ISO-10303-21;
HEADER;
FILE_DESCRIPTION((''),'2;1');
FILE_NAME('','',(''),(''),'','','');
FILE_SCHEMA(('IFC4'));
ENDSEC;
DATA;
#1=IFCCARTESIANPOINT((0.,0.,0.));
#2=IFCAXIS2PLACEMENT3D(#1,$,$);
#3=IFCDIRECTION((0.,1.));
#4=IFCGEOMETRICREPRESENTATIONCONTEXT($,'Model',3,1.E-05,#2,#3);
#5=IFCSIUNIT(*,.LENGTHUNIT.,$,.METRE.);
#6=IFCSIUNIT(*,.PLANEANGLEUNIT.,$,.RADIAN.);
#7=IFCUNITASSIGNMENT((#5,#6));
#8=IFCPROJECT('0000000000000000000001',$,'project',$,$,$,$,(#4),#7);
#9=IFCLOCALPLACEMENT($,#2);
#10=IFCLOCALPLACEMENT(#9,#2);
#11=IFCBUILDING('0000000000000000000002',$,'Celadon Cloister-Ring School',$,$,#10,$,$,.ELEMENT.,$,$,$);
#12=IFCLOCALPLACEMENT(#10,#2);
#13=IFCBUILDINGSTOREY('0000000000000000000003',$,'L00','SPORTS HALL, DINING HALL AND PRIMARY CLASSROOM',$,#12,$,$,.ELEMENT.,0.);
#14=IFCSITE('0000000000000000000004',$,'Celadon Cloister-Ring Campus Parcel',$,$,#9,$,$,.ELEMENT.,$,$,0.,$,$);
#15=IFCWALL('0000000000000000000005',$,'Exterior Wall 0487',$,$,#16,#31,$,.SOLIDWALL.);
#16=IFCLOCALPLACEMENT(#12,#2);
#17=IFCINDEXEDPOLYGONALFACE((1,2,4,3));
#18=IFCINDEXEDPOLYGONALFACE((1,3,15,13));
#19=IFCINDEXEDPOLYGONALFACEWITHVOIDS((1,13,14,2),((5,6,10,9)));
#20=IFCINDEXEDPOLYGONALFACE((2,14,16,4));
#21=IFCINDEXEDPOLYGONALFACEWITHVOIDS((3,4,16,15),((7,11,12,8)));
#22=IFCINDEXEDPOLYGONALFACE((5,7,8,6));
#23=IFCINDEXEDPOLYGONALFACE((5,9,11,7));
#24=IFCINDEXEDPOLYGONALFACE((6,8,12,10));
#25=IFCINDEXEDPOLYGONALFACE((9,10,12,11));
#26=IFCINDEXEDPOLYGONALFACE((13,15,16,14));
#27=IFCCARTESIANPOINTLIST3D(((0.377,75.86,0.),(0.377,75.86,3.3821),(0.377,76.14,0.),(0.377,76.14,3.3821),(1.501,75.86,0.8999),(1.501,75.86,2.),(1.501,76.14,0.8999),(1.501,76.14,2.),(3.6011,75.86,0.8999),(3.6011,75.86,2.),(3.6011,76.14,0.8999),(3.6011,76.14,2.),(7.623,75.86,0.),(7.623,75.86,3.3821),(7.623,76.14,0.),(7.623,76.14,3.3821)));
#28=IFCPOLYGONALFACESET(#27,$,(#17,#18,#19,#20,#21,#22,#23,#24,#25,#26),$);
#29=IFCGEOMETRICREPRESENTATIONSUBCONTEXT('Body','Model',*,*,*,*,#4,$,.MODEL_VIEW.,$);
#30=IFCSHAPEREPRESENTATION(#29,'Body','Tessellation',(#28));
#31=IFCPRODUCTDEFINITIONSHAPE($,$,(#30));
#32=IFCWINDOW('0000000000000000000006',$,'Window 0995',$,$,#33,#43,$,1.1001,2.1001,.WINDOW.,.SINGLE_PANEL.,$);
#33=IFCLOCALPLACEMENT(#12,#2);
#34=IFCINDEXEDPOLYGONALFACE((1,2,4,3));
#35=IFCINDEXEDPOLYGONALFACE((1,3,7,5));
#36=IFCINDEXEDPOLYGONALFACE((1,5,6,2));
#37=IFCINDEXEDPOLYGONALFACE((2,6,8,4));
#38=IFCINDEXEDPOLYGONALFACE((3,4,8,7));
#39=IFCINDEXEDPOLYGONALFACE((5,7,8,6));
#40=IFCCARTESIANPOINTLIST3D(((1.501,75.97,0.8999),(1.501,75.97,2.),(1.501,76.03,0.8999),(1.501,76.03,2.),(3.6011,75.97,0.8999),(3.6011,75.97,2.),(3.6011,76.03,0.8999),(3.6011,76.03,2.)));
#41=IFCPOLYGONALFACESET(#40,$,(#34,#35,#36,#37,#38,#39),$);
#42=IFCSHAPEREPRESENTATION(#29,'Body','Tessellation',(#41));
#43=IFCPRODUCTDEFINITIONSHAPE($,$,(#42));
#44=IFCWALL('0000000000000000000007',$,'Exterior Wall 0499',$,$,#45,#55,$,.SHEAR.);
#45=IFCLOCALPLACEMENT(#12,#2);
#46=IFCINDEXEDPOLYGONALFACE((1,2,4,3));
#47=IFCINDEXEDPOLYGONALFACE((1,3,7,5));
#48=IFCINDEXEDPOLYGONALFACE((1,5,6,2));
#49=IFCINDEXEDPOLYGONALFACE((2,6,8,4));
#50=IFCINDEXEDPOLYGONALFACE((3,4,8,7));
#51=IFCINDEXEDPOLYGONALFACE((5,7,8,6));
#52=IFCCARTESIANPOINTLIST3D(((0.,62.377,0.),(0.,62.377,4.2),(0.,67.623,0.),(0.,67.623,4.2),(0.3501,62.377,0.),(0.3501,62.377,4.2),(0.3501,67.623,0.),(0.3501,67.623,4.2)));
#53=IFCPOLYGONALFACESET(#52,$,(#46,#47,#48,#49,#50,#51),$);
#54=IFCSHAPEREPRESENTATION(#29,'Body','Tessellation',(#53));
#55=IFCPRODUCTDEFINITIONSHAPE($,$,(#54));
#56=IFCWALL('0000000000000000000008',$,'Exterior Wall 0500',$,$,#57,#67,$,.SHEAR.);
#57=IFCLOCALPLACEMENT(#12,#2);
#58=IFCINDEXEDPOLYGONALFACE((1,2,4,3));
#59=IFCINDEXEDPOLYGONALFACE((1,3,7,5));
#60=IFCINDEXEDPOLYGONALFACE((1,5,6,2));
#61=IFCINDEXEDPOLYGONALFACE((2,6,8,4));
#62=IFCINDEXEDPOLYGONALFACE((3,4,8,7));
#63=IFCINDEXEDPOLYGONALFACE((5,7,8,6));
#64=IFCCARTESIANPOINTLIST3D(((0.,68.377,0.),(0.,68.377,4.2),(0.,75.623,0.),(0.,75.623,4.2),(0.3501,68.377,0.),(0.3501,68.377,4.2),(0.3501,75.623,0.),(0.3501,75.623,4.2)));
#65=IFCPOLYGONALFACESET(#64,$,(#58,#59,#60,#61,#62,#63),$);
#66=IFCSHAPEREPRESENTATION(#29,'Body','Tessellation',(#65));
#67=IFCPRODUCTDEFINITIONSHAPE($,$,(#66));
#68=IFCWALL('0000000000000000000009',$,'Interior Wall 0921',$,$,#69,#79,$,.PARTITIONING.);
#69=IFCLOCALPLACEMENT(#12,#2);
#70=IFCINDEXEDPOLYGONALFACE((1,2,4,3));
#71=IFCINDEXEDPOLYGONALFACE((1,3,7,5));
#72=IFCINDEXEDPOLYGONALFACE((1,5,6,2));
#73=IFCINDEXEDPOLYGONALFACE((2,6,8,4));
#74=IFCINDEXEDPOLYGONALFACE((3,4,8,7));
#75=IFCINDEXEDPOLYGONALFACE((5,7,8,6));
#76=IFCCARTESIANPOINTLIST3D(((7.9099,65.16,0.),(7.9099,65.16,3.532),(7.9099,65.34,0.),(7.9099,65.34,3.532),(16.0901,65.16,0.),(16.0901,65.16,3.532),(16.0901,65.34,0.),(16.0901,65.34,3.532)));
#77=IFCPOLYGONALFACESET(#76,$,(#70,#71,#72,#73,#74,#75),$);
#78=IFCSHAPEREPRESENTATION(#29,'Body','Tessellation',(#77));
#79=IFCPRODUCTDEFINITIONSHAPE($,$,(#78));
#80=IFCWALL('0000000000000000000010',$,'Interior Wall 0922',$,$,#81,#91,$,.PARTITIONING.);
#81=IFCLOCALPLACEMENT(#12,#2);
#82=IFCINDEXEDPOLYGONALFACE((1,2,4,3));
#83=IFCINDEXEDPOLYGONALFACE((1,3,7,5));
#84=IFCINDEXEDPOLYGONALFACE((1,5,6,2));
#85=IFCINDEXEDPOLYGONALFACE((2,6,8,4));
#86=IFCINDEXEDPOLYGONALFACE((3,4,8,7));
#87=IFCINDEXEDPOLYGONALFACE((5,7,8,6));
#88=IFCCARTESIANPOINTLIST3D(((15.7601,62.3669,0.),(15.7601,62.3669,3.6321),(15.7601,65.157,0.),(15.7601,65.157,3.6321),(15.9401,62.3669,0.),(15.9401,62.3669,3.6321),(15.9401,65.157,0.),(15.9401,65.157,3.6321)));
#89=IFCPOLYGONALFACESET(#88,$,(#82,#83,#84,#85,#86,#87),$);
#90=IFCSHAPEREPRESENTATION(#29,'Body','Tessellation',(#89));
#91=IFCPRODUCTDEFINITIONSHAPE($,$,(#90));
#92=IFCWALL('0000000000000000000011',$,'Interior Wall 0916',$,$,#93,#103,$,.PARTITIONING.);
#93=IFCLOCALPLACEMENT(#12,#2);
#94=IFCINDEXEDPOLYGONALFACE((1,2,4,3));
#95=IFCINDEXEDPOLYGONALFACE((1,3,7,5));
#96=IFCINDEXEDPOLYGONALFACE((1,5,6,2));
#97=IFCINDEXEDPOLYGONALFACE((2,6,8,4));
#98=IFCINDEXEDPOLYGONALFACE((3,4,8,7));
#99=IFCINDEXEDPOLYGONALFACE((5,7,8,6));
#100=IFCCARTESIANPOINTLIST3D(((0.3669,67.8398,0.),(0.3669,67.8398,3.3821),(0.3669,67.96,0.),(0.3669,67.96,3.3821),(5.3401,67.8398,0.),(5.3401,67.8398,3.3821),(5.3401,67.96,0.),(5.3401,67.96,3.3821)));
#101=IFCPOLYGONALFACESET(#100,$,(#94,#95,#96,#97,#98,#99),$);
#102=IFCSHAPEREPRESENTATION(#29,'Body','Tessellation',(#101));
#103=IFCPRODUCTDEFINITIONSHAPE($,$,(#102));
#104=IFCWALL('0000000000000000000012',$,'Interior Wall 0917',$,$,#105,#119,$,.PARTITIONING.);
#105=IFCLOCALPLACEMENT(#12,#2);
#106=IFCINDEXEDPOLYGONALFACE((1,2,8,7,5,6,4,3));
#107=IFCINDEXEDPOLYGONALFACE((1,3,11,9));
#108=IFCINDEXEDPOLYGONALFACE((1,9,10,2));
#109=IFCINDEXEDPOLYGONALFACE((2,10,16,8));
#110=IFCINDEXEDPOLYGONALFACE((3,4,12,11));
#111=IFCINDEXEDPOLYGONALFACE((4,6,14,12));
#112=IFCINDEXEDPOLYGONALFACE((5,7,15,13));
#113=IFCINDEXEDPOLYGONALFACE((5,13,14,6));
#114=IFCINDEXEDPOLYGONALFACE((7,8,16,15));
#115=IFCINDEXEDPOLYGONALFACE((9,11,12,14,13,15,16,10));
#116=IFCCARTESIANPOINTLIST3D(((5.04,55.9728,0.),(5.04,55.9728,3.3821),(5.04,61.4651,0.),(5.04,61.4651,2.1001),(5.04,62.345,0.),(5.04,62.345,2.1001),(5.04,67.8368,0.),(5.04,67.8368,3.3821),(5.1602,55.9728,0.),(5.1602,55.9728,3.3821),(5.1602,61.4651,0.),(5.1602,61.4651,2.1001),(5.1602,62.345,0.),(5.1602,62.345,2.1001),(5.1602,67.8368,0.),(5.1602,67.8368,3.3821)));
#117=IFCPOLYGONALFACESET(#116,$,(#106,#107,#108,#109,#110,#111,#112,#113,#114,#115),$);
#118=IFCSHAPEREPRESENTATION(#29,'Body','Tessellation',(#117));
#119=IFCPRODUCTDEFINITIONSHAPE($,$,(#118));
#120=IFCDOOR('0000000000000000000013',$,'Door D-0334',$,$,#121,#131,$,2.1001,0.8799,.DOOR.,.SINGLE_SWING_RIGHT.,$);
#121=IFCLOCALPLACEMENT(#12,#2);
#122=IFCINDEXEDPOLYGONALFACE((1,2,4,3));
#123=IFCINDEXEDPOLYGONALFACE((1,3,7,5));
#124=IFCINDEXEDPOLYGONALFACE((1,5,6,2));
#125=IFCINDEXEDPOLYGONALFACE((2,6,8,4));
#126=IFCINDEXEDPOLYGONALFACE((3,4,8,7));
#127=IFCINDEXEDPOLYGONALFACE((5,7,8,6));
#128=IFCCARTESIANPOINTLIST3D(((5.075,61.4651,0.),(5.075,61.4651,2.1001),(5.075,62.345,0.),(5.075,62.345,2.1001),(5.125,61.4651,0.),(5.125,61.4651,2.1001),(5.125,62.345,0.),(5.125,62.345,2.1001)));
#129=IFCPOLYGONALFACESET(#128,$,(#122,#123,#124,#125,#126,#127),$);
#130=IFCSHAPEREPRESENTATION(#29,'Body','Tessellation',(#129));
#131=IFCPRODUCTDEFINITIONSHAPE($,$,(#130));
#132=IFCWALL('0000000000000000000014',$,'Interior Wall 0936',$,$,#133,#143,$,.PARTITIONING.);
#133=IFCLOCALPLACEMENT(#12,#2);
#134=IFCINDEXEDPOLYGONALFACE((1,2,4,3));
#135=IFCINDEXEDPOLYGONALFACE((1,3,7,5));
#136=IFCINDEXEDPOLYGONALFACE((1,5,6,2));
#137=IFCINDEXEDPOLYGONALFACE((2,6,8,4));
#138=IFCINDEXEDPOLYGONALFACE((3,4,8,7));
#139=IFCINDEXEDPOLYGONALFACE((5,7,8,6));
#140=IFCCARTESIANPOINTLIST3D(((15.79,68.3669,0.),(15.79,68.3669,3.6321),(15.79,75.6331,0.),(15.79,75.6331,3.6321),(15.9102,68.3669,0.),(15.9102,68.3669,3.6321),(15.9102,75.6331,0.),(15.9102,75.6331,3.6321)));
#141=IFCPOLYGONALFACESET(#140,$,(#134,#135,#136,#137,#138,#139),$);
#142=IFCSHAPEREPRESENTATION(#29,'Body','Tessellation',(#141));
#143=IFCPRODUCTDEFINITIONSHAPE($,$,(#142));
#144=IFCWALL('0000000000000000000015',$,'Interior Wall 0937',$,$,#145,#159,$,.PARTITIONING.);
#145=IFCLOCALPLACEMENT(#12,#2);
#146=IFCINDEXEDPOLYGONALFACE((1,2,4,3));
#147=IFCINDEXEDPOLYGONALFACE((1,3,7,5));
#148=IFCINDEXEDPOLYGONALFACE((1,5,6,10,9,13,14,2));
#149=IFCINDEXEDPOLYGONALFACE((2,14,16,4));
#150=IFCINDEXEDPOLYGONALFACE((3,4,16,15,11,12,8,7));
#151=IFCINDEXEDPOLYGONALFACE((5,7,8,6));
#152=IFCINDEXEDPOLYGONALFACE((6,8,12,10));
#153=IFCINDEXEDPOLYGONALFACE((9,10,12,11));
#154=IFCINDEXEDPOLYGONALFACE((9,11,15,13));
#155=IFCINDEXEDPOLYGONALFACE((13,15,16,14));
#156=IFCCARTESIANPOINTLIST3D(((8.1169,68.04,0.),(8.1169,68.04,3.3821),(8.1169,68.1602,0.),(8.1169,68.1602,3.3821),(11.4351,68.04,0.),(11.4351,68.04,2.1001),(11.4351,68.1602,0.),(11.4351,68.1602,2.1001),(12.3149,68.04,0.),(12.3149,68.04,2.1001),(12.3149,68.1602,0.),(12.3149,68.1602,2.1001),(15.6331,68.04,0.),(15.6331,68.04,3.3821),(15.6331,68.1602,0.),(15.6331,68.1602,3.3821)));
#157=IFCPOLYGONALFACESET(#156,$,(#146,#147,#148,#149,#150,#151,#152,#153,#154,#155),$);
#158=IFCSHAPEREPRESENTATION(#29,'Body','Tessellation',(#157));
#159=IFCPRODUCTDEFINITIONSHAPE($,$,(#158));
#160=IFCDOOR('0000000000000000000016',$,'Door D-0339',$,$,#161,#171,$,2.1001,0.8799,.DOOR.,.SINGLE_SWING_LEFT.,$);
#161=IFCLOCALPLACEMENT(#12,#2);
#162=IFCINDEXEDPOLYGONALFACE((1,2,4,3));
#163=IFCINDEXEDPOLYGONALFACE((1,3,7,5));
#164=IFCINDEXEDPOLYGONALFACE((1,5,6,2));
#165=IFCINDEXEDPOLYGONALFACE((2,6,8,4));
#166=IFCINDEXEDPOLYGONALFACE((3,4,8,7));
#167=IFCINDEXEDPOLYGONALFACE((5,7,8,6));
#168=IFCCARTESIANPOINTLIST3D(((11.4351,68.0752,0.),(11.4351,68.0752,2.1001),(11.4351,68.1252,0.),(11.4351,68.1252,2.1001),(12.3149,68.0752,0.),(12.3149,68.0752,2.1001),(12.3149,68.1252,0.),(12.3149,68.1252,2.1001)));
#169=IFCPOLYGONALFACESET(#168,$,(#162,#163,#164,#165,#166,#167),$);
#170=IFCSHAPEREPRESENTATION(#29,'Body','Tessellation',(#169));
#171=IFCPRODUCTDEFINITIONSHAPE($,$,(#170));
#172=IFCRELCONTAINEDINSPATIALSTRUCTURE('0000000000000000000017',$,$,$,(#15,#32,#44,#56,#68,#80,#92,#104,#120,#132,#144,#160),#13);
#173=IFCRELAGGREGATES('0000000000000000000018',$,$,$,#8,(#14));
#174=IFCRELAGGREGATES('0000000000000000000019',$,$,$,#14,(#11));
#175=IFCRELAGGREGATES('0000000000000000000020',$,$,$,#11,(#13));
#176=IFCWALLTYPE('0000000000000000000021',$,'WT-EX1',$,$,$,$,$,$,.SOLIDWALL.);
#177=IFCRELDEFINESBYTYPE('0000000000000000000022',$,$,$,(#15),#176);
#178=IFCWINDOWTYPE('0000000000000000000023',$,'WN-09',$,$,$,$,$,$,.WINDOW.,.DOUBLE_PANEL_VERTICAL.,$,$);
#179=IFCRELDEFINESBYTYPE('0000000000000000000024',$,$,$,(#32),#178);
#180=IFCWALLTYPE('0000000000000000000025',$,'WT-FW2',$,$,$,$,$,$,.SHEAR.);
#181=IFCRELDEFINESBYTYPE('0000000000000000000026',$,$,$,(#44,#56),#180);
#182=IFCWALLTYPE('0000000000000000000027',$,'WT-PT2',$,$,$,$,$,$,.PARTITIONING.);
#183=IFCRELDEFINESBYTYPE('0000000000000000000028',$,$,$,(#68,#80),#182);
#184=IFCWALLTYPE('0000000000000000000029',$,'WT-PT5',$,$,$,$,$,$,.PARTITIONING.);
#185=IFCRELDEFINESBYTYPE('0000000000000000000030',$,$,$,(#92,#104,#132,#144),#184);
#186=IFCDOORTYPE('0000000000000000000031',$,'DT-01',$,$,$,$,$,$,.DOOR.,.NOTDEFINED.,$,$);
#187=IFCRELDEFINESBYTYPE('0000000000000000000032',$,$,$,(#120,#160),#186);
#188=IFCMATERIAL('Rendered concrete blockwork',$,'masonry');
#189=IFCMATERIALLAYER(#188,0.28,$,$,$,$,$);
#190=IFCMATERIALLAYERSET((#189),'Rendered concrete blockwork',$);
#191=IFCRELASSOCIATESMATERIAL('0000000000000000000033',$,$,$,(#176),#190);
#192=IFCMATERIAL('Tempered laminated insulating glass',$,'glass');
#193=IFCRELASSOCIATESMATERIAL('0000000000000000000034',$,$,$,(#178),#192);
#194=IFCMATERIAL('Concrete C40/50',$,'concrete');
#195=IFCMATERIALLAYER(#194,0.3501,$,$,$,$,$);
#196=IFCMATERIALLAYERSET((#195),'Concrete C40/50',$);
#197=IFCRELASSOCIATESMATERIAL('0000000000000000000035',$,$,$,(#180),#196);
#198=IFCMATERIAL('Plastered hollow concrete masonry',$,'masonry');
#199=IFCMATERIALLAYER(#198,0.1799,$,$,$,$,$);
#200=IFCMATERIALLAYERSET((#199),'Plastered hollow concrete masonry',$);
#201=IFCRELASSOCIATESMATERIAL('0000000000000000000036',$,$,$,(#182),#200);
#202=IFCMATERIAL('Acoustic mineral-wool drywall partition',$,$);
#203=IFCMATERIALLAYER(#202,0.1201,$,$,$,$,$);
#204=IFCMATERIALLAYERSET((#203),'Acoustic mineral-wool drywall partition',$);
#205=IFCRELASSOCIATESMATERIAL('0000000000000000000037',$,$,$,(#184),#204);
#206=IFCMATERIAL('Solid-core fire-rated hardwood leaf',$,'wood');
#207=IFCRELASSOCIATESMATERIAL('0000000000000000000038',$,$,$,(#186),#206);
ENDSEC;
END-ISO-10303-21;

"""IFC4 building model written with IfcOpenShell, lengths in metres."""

from ifc_helpers import new_model, si_unit, direction, frame, frame_2d, origin, place, context, subcontext, project, spatial, rectangle, extrude, material, layer, layer_set, type_object, element, fill, save


model = new_model("IFC4")

# Units and contexts
model_context = context("Model", 3, precision=1e-05, world=origin(), true_north=direction((0.0, 1.0)))
body_context = subcontext(model_context, "Body", "Model", "MODEL_VIEW")
ifc_project = project(units=[si_unit("LENGTHUNIT", "METRE"), si_unit("PLANEANGLEUNIT", "RADIAN")], contexts=[model_context])

# Site, building, storey
site_placement = place(None, origin())
site = spatial("IfcSite", under=ifc_project, at=site_placement, Name="Celadon Cloister-Ring Campus Parcel", CompositionType="ELEMENT", RefElevation=0.0)
building_placement = place(site_placement, origin())
building = spatial("IfcBuilding", under=site, at=building_placement, Name="Celadon Cloister-Ring School", CompositionType="ELEMENT")
storey_placement = place(building_placement, origin())
storey = spatial("IfcBuildingStorey", under=building, at=storey_placement, Name="L00", Description="SPORTS HALL, DINING HALL AND PRIMARY CLASSROOM", CompositionType="ELEMENT", Elevation=0.0)

# Wall, opening, window
ifc_material_1 = material(Name="Rendered concrete blockwork", Category="masonry")
ifc_layer_1 = layer(ifc_material_1, 0.28)
ifc_layer_set_1 = layer_set([ifc_layer_1], Name="Rendered concrete blockwork")
wall_type_1 = type_object("IfcWallType", Name="WT-EX1", PredefinedType="SOLIDWALL", material=ifc_layer_set_1)
wall_1_placement = place(storey_placement, frame((0.377, 76.0, 0.0), z_axis=(0.0, 0.0, 1.0), x_axis=(1.0, 0.0, 0.0)))
wall_1 = element("IfcWall", 1, at=wall_1_placement, inside=storey, type_object=wall_type_1, Name="Exterior Wall 0487", PredefinedType="SOLIDWALL", context=body_context, shape_type="SweptSolid", body=[
    extrude(rectangle(XDim=7.2461, YDim=0.28, at=frame_2d((3.623, 0.0))), origin(), (0.0, 0.0, 1.0), 3.3821),
])
opening_1_placement = place(wall_1_placement, frame((1.124, 0.0, 0.8999)))
opening_1 = element("IfcOpeningElement", 2, at=opening_1_placement, cuts=wall_1, PredefinedType="OPENING", context=body_context, shape_type="SweptSolid", body=[
    extrude(rectangle(XDim=2.1001, YDim=1.1001, at=frame_2d((1.05, 0.55))), frame((0.0, 0.1499, 0.0), z_axis=(0.0, -1.0, 0.0), x_axis=(1.0, 0.0, 0.0)), (0.0, 0.0, 1.0), 0.3),
])
ifc_material_2 = material(Name="Tempered laminated insulating glass", Category="glass")
window_type = type_object("IfcWindowType", Name="WN-09", PartitioningType="DOUBLE_PANEL_VERTICAL", PredefinedType="WINDOW", material=ifc_material_2)
window_placement = place(opening_1_placement, origin())
window = element("IfcWindow", 3, at=window_placement, inside=storey, type_object=window_type, Name="Window 0995", OverallHeight=1.1001, OverallWidth=2.1001, PartitioningType="SINGLE_PANEL", PredefinedType="WINDOW", context=body_context, shape_type="SweptSolid", body=[
    extrude(rectangle(XDim=2.1001, YDim=1.1001, at=frame_2d((1.05, 0.55))), frame((0.0, 0.03, 0.0), z_axis=(0.0, -1.0, 0.0), x_axis=(1.0, 0.0, 0.0)), (0.0, 0.0, 1.0), 0.0601),
])
fill(opening_1, window)

# Walls
ifc_material_3 = material(Name="Concrete C40/50", Category="concrete")
ifc_layer_2 = layer(ifc_material_3, 0.3501)
ifc_layer_set_2 = layer_set([ifc_layer_2], Name="Concrete C40/50")
wall_type_2 = type_object("IfcWallType", Name="WT-FW2", PredefinedType="SHEAR", material=ifc_layer_set_2)
wall_2_placement = place(storey_placement, frame((0.175, 62.377, 0.0), z_axis=(0.0, 0.0, 1.0), x_axis=(0.0, 1.0, 0.0)))
element("IfcWall", 4, at=wall_2_placement, inside=storey, type_object=wall_type_2, Name="Exterior Wall 0499", PredefinedType="SHEAR", context=body_context, shape_type="SweptSolid", body=[
    extrude(rectangle(XDim=5.2461, YDim=0.3501, at=frame_2d((2.623, 0.0))), origin(), (0.0, 0.0, 1.0), 4.2),
])
wall_3_placement = place(storey_placement, frame((0.175, 68.377, 0.0), z_axis=(0.0, 0.0, 1.0), x_axis=(0.0, 1.0, 0.0)))
element("IfcWall", 5, at=wall_3_placement, inside=storey, type_object=wall_type_2, Name="Exterior Wall 0500", PredefinedType="SHEAR", context=body_context, shape_type="SweptSolid", body=[
    extrude(rectangle(XDim=7.2461, YDim=0.3501, at=frame_2d((3.623, 0.0))), origin(), (0.0, 0.0, 1.0), 4.2),
])
ifc_material_4 = material(Name="Plastered hollow concrete masonry", Category="masonry")
ifc_layer_3 = layer(ifc_material_4, 0.1799)
ifc_layer_set_3 = layer_set([ifc_layer_3], Name="Plastered hollow concrete masonry")
wall_type_3 = type_object("IfcWallType", Name="WT-PT2", PredefinedType="PARTITIONING", material=ifc_layer_set_3)
wall_4_placement = place(storey_placement, frame((7.9099, 65.25, 0.0), z_axis=(0.0, 0.0, 1.0), x_axis=(1.0, 0.0, 0.0)))
element("IfcWall", 6, at=wall_4_placement, inside=storey, type_object=wall_type_3, Name="Interior Wall 0921", PredefinedType="PARTITIONING", context=body_context, shape_type="SweptSolid", body=[
    extrude(rectangle(XDim=8.1802, YDim=0.1799, at=frame_2d((4.0901, 0.0))), origin(), (0.0, 0.0, 1.0), 3.532),
])
wall_5_placement = place(storey_placement, frame((15.8501, 65.157, 0.0), z_axis=(0.0, 0.0, 1.0), x_axis=(0.0, -1.0, 0.0)))
element("IfcWall", 7, at=wall_5_placement, inside=storey, type_object=wall_type_3, Name="Interior Wall 0922", PredefinedType="PARTITIONING", context=body_context, shape_type="SweptSolid", body=[
    extrude(rectangle(XDim=2.79, YDim=0.1799, at=frame_2d((1.395, 0.0))), origin(), (0.0, 0.0, 1.0), 3.6321),
])
ifc_material_5 = material(Name="Acoustic mineral-wool drywall partition")
ifc_layer_4 = layer(ifc_material_5, 0.1201)
ifc_layer_set_4 = layer_set([ifc_layer_4], Name="Acoustic mineral-wool drywall partition")
wall_type_4 = type_object("IfcWallType", Name="WT-PT5", PredefinedType="PARTITIONING", material=ifc_layer_set_4)
wall_6_placement = place(storey_placement, frame((0.3669, 67.8999, 0.0), z_axis=(0.0, 0.0, 1.0), x_axis=(1.0, 0.0, 0.0)))
element("IfcWall", 8, at=wall_6_placement, inside=storey, type_object=wall_type_4, Name="Interior Wall 0916", PredefinedType="PARTITIONING", context=body_context, shape_type="SweptSolid", body=[
    extrude(rectangle(XDim=4.9731, YDim=0.1201, at=frame_2d((2.4866, 0.0))), origin(), (0.0, 0.0, 1.0), 3.3821),
])

# Wall, opening, door
wall_7_placement = place(storey_placement, frame((5.1001, 67.8369, 0.0), z_axis=(0.0, 0.0, 1.0), x_axis=(0.0, -1.0, 0.0)))
wall_7 = element("IfcWall", 9, at=wall_7_placement, inside=storey, type_object=wall_type_4, Name="Interior Wall 0917", PredefinedType="PARTITIONING", context=body_context, shape_type="SweptSolid", body=[
    extrude(rectangle(XDim=11.864, YDim=0.1201, at=frame_2d((5.9321, 0.0))), origin(), (0.0, 0.0, 1.0), 3.3821),
])
opening_2_placement = place(wall_7_placement, frame((5.4919, 0.0, 0.0)))
opening_2 = element("IfcOpeningElement", 10, at=opening_2_placement, cuts=wall_7, PredefinedType="OPENING", context=body_context, shape_type="SweptSolid", body=[
    extrude(rectangle(XDim=0.8799, YDim=2.1001, at=frame_2d((0.4399, 1.05))), frame((0.0, 0.0701, 0.0), z_axis=(0.0, -1.0, 0.0), x_axis=(1.0, 0.0, 0.0)), (0.0, 0.0, 1.0), 0.1401),
])
ifc_material_6 = material(Name="Solid-core fire-rated hardwood leaf", Category="wood")
door_type_1 = type_object("IfcDoorType", Name="DT-01", OperationType="NOTDEFINED", PredefinedType="DOOR", material=ifc_material_6)
door_1_placement = place(opening_2_placement, origin())
door_1 = element("IfcDoor", 11, at=door_1_placement, inside=storey, type_object=door_type_1, Name="Door D-0334", OperationType="SINGLE_SWING_RIGHT", OverallHeight=2.1001, OverallWidth=0.8799, PredefinedType="DOOR", context=body_context, shape_type="SweptSolid", body=[
    extrude(rectangle(XDim=0.8799, YDim=2.1001, at=frame_2d((0.4399, 1.05))), frame((0.0, 0.0249, 0.0), z_axis=(0.0, -1.0, 0.0), x_axis=(1.0, 0.0, 0.0)), (0.0, 0.0, 1.0), 0.05),
])
fill(opening_2, door_1)

# Wall
wall_8_placement = place(storey_placement, frame((15.8501, 75.6331, 0.0), z_axis=(0.0, 0.0, 1.0), x_axis=(0.0, -1.0, 0.0)))
element("IfcWall", 12, at=wall_8_placement, inside=storey, type_object=wall_type_4, Name="Interior Wall 0936", PredefinedType="PARTITIONING", context=body_context, shape_type="SweptSolid", body=[
    extrude(rectangle(XDim=7.2661, YDim=0.1201, at=frame_2d((3.6331, 0.0))), origin(), (0.0, 0.0, 1.0), 3.6321),
])

# Wall, opening, door
wall_9_placement = place(storey_placement, frame((15.6331, 68.1001, 0.0), z_axis=(0.0, 0.0, 1.0), x_axis=(-1.0, 0.0, 0.0)))
wall_9 = element("IfcWall", 13, at=wall_9_placement, inside=storey, type_object=wall_type_4, Name="Interior Wall 0937", PredefinedType="PARTITIONING", context=body_context, shape_type="SweptSolid", body=[
    extrude(rectangle(XDim=7.5161, YDim=0.1201, at=frame_2d((3.7581, 0.0))), origin(), (0.0, 0.0, 1.0), 3.3821),
])
opening_3_placement = place(wall_9_placement, frame((3.3181, 0.0, 0.0)))
opening_3 = element("IfcOpeningElement", 14, at=opening_3_placement, cuts=wall_9, PredefinedType="OPENING", context=body_context, shape_type="SweptSolid", body=[
    extrude(rectangle(XDim=0.8799, YDim=2.1001, at=frame_2d((0.4399, 1.05))), frame((0.0, 0.0701, 0.0), z_axis=(0.0, -1.0, 0.0), x_axis=(1.0, 0.0, 0.0)), (0.0, 0.0, 1.0), 0.1401),
])
door_2_placement = place(opening_3_placement, origin())
door_2 = element("IfcDoor", 15, at=door_2_placement, inside=storey, type_object=door_type_1, Name="Door D-0339", OperationType="SINGLE_SWING_LEFT", OverallHeight=2.1001, OverallWidth=0.8799, PredefinedType="DOOR", context=body_context, shape_type="SweptSolid", body=[
    extrude(rectangle(XDim=0.8799, YDim=2.1001, at=frame_2d((0.4399, 1.05))), frame((0.0, 0.0249, 0.0), z_axis=(0.0, -1.0, 0.0), x_axis=(1.0, 0.0, 0.0)), (0.0, 0.0, 1.0), 0.05),
])
fill(opening_3, door_2)

save(model, "model.ifc")
